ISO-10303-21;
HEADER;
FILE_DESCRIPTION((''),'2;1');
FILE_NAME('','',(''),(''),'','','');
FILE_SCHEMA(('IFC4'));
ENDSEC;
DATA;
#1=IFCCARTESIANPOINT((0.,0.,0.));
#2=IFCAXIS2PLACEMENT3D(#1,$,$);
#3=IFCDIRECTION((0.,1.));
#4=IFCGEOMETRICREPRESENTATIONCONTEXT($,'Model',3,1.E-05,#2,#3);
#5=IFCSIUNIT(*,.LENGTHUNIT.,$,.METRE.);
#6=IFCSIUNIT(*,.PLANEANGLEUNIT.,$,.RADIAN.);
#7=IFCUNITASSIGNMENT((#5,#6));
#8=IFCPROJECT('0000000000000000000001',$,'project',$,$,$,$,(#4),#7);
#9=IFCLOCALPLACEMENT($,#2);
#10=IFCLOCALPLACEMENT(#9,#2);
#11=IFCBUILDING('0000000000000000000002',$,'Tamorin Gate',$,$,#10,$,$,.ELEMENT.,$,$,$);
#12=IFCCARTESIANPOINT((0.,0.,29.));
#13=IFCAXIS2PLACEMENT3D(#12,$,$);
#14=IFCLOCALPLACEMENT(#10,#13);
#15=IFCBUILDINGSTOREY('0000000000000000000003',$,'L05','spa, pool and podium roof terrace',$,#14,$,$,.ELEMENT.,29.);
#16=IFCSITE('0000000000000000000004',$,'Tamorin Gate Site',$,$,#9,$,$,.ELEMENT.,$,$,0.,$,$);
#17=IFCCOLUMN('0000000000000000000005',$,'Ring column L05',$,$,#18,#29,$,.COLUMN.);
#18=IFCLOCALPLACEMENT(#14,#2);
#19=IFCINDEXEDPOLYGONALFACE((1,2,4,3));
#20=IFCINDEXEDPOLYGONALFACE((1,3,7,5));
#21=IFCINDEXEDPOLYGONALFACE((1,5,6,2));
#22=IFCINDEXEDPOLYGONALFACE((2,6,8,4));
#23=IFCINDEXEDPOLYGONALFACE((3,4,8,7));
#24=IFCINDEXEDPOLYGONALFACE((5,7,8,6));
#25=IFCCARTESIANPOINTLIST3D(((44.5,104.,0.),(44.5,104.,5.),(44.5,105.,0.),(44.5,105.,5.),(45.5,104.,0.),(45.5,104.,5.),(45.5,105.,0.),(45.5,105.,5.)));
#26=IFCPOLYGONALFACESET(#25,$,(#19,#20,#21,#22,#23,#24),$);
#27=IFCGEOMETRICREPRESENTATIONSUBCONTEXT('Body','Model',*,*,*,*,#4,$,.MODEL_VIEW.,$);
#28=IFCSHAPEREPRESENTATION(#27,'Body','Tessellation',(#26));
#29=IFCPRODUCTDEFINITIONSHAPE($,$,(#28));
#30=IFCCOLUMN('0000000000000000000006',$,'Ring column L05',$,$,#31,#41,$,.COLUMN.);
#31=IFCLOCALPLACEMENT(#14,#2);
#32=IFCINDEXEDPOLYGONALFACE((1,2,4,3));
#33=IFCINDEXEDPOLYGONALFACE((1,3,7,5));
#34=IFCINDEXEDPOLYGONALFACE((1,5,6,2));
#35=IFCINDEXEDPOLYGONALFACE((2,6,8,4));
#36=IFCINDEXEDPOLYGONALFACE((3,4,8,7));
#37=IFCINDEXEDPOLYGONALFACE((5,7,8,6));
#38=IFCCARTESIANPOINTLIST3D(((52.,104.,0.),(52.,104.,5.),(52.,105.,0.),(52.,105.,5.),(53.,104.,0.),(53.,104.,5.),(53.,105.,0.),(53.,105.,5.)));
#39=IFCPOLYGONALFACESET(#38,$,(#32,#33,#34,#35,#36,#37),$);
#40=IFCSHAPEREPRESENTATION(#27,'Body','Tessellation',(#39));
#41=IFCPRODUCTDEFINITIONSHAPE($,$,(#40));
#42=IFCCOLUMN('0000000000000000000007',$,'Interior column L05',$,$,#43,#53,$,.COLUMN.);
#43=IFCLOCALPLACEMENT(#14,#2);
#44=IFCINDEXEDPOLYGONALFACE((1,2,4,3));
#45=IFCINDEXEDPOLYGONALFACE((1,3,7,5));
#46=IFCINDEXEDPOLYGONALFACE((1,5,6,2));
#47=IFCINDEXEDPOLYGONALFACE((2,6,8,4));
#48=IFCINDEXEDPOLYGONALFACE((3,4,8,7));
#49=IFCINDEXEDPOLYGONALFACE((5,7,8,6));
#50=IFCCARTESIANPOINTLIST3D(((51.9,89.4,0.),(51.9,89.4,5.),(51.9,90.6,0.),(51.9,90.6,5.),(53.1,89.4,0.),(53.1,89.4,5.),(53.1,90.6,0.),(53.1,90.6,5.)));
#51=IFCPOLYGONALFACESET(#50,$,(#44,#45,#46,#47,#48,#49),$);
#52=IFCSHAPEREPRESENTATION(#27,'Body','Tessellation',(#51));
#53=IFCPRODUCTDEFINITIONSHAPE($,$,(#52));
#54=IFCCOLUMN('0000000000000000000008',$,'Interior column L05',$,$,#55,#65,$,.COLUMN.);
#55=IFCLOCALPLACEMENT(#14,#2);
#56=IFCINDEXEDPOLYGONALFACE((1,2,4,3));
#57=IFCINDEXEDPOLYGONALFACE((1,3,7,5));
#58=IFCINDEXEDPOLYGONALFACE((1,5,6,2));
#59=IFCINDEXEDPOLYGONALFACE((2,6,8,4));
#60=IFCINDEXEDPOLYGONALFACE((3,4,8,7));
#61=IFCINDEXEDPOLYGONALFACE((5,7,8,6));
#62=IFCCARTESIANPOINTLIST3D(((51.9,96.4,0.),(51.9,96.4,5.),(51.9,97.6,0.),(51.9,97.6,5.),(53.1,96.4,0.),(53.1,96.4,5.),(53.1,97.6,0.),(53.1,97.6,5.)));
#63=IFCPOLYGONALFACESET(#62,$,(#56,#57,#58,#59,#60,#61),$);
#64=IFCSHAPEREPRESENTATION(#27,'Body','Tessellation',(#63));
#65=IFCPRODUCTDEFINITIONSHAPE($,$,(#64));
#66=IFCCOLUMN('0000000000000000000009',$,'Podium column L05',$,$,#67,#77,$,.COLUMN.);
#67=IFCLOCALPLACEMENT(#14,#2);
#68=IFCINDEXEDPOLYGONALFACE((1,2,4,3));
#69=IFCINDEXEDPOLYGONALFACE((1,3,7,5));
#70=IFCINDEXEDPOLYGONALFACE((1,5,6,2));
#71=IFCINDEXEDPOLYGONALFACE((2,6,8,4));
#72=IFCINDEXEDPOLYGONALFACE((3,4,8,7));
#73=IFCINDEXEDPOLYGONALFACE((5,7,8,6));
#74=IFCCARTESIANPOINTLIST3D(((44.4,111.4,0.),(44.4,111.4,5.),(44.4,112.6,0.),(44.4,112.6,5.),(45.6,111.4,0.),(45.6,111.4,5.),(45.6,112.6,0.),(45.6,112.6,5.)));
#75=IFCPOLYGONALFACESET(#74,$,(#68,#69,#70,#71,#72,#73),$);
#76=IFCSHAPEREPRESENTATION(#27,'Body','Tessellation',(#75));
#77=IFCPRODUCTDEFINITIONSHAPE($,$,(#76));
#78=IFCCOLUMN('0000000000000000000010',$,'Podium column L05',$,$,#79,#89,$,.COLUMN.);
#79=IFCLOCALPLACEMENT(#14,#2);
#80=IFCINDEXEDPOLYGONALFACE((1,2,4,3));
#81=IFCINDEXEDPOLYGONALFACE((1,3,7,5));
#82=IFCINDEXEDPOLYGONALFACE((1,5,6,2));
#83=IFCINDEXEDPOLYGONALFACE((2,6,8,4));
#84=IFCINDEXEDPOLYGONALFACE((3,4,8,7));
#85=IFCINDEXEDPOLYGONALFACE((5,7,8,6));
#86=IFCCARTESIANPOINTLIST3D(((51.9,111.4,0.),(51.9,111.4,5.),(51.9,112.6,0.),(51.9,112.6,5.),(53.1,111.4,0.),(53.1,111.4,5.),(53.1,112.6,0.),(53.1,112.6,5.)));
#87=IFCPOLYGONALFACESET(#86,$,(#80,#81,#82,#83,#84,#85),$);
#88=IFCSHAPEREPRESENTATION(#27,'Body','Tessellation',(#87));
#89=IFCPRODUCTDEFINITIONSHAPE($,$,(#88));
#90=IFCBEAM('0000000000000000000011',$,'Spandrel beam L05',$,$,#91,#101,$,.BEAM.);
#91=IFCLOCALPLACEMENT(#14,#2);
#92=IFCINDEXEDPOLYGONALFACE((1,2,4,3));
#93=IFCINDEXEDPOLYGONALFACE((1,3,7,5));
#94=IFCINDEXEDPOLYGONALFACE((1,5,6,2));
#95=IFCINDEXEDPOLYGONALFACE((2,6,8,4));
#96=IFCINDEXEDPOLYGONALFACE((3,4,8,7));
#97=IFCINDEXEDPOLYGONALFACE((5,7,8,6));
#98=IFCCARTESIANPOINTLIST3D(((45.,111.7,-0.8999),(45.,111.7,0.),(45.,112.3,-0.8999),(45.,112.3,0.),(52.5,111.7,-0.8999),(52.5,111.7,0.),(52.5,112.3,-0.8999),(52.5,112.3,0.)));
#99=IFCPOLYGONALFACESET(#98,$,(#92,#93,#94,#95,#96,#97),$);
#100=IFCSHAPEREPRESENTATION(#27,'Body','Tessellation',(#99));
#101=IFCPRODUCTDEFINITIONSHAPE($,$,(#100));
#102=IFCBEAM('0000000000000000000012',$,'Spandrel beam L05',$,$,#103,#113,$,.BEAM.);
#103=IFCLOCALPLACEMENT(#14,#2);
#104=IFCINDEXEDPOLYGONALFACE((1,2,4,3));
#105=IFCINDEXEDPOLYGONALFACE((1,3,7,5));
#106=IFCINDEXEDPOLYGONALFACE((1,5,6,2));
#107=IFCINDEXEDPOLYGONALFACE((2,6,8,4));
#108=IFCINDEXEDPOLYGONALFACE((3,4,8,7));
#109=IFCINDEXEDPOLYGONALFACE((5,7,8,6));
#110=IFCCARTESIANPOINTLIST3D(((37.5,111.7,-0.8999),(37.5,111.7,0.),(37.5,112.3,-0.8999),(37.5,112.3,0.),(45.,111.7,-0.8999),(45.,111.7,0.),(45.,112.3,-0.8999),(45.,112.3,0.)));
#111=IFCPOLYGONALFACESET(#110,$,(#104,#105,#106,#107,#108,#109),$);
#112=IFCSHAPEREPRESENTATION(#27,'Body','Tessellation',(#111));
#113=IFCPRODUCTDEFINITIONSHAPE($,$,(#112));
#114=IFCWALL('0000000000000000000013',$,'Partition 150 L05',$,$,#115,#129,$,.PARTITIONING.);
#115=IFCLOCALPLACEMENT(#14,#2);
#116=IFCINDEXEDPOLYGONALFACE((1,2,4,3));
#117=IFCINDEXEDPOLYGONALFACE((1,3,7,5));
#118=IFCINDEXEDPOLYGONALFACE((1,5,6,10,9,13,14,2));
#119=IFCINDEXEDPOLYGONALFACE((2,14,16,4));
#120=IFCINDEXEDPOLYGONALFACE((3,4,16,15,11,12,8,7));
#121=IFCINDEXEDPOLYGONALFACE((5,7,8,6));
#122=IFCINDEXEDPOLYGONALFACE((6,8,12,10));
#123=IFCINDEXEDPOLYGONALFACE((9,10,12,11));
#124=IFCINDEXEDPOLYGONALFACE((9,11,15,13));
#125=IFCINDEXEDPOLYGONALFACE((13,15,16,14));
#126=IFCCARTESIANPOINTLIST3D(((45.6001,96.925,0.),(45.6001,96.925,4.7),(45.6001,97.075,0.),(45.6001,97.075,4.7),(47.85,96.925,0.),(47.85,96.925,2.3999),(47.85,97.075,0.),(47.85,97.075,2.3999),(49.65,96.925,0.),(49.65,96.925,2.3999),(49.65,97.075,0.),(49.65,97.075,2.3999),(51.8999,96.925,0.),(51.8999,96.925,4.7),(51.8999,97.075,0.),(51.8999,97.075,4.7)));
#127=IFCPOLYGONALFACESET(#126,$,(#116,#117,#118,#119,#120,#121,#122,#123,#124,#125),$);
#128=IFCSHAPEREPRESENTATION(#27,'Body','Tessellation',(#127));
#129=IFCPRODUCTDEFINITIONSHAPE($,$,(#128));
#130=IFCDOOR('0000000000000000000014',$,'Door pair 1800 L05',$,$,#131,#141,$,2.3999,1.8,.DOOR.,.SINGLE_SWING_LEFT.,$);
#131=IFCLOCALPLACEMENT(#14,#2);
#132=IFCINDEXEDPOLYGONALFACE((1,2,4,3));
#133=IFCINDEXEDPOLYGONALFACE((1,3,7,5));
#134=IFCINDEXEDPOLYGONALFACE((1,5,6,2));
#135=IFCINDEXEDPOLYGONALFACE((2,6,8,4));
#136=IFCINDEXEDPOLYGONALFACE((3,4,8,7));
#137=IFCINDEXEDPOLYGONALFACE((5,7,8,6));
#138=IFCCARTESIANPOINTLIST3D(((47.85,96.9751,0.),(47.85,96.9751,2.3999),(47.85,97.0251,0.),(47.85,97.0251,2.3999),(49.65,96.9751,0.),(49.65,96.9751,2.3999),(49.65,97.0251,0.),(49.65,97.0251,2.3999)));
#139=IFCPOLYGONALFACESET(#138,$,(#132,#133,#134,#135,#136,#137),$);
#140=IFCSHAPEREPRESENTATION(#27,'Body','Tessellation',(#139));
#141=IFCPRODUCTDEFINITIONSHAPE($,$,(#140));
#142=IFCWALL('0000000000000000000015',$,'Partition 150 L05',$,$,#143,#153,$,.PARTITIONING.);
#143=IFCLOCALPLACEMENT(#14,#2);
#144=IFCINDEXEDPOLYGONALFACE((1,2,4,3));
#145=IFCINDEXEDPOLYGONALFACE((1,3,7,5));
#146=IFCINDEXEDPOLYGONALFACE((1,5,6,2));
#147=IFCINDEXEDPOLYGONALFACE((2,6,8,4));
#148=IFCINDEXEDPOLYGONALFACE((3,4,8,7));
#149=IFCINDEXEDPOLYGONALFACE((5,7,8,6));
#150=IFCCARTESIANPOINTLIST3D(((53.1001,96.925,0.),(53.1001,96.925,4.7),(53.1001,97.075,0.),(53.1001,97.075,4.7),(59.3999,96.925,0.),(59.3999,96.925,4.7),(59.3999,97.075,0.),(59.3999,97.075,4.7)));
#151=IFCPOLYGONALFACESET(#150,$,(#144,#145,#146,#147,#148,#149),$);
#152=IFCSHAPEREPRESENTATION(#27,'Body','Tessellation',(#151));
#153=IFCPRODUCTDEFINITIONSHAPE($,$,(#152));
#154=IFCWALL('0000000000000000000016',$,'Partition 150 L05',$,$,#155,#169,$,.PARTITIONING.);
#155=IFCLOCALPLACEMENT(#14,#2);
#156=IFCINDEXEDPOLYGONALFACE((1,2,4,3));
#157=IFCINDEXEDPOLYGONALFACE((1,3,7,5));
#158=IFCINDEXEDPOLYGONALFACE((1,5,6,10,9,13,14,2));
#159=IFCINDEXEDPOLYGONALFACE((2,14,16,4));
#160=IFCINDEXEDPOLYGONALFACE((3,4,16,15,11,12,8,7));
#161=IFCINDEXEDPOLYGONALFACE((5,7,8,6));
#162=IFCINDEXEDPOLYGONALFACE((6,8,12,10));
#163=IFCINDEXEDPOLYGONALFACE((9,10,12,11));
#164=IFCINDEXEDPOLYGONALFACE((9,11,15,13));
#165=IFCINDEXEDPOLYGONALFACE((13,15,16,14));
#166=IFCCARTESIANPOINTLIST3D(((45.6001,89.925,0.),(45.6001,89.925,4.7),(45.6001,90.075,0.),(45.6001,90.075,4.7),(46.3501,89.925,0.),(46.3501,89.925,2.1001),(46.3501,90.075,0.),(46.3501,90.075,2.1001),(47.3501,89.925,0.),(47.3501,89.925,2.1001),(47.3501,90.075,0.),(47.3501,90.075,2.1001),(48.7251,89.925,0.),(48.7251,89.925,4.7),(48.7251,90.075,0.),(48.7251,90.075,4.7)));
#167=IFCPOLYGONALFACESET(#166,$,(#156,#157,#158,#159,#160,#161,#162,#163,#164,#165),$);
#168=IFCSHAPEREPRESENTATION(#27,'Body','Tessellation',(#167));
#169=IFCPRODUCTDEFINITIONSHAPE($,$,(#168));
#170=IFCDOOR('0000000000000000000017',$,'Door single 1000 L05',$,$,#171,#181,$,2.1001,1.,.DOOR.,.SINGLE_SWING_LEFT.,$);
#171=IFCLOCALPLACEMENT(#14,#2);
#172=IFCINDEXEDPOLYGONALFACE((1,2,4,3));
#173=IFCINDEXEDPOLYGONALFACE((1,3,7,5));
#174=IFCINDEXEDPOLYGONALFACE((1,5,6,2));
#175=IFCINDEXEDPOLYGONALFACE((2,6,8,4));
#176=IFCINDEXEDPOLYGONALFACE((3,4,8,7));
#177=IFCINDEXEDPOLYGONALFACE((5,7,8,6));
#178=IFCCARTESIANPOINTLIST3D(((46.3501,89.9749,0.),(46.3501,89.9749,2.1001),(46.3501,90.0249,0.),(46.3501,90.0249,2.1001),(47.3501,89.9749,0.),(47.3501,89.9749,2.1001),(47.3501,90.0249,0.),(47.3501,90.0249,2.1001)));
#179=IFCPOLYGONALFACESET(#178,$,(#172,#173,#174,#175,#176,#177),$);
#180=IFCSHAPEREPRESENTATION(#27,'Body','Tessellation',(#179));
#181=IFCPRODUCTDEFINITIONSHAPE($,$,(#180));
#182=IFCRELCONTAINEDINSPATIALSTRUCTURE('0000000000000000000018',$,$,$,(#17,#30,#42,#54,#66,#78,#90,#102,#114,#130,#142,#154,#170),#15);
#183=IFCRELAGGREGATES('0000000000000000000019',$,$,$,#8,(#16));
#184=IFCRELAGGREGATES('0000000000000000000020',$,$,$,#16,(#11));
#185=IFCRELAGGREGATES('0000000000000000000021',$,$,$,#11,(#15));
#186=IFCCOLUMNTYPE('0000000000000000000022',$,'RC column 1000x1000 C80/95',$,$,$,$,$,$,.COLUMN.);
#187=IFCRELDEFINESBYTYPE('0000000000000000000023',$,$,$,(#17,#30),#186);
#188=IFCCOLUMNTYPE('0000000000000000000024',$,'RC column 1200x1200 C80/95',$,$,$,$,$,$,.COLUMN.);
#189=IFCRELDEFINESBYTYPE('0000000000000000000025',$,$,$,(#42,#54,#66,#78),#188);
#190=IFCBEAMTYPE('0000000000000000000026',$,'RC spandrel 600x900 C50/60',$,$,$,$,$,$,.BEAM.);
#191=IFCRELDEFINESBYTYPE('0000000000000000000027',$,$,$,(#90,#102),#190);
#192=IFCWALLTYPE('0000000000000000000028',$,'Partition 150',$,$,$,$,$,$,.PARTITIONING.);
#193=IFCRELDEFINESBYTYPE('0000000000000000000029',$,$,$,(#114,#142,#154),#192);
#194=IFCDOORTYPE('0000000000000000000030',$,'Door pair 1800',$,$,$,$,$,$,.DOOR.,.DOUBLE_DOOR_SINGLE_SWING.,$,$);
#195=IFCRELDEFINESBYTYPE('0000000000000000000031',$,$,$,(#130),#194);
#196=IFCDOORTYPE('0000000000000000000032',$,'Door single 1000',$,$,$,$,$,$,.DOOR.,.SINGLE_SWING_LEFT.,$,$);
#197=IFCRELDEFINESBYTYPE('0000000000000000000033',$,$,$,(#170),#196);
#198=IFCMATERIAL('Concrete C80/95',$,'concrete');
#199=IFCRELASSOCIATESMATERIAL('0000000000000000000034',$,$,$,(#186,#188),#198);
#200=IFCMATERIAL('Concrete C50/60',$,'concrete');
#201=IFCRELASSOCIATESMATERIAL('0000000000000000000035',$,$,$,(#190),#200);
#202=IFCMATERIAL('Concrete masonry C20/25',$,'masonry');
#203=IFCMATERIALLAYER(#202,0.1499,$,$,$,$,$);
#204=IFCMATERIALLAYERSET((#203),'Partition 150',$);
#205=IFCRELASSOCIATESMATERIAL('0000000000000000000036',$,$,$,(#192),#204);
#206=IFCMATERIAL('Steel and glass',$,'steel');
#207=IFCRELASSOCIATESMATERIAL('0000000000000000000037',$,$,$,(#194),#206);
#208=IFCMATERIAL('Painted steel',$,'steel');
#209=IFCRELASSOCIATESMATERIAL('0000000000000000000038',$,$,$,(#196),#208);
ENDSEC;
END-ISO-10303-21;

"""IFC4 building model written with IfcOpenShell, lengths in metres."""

from ifc_helpers import new_model, si_unit, direction, frame, frame_2d, origin, origin_2d, place, context, subcontext, project, spatial, rectangle, extrude, material, layer, layer_set, material_profile, profile_set, type_object, element, fill, save


model = new_model("IFC4")

# Units and contexts
model_context = context("Model", 3, precision=1e-05, world=origin(), true_north=direction((0.0, 1.0)))
body_context = subcontext(model_context, "Body", "Model", "MODEL_VIEW")
ifc_project = project(units=[si_unit("LENGTHUNIT", "METRE"), si_unit("PLANEANGLEUNIT", "RADIAN")], contexts=[model_context])

# Site, building, storey
site_placement = place(None, origin())
site = spatial("IfcSite", under=ifc_project, at=site_placement, Name="Tamorin Gate Site", CompositionType="ELEMENT", RefElevation=0.0)
building_placement = place(site_placement, origin())
building = spatial("IfcBuilding", under=site, at=building_placement, Name="Tamorin Gate", CompositionType="ELEMENT")
storey_placement = place(building_placement, frame((0.0, 0.0, 29.0)))
storey = spatial("IfcBuildingStorey", under=building, at=storey_placement, Name="L05", Description="spa, pool and podium roof terrace", CompositionType="ELEMENT", Elevation=29.0)

# Columns
ifc_material_1 = material(Name="Concrete C80/95", Category="concrete")
ifc_material_profile_1 = material_profile(ifc_material_1, rectangle(XDim=1.0, YDim=1.0, at=origin_2d()), Name="RC 1000x1000")
ifc_profile_set_1 = profile_set([ifc_material_profile_1], Name="Concrete C80/95")
column_type_1 = type_object("IfcColumnType", Name="RC column 1000x1000 C80/95", PredefinedType="COLUMN", material=ifc_profile_set_1)
for number, where, z_axis, x_axis, name in (
    (1, (45.0, 104.5, 0.0), (0.0, 0.0, 1.0), (1.0, 0.0, 0.0), "Ring column L05"),
    (2, (52.5, 104.5, 0.0), (0.0, 0.0, 1.0), (1.0, 0.0, 0.0), "Ring column L05"),
):
    element("IfcColumn", number, at=place(storey_placement, frame(where, z_axis=z_axis, x_axis=x_axis)), inside=storey, type_object=column_type_1, Name=name, PredefinedType="COLUMN", context=body_context, shape_type="SweptSolid", body=[
        extrude(rectangle(XDim=1.0, YDim=1.0, at=origin_2d()), origin(), (0.0, 0.0, 1.0), 5.0),
    ])
ifc_material_profile_2 = material_profile(ifc_material_1, rectangle(XDim=1.2, YDim=1.2, at=origin_2d()), Name="RC 1200x1200")
ifc_profile_set_2 = profile_set([ifc_material_profile_2], Name="Concrete C80/95")
column_type_2 = type_object("IfcColumnType", Name="RC column 1200x1200 C80/95", PredefinedType="COLUMN", material=ifc_profile_set_2)
for number, where, z_axis, x_axis, name in (
    (3, (52.5, 90.0, 0.0), (0.0, 0.0, 1.0), (1.0, 0.0, 0.0), "Interior column L05"),
    (4, (52.5, 97.0, 0.0), (0.0, 0.0, 1.0), (1.0, 0.0, 0.0), "Interior column L05"),
    (5, (45.0, 112.0, 0.0), (0.0, 0.0, 1.0), (1.0, 0.0, 0.0), "Podium column L05"),
    (6, (52.5, 112.0, 0.0), (0.0, 0.0, 1.0), (1.0, 0.0, 0.0), "Podium column L05"),
):
    element("IfcColumn", number, at=place(storey_placement, frame(where, z_axis=z_axis, x_axis=x_axis)), inside=storey, type_object=column_type_2, Name=name, PredefinedType="COLUMN", context=body_context, shape_type="SweptSolid", body=[
        extrude(rectangle(XDim=1.2, YDim=1.2, at=origin_2d()), origin(), (0.0, 0.0, 1.0), 5.0),
    ])

# Beams
ifc_material_2 = material(Name="Concrete C50/60", Category="concrete")
ifc_material_profile_3 = material_profile(ifc_material_2, rectangle(XDim=0.6001, YDim=0.8999, at=origin_2d()), Name="RC 600x900")
ifc_profile_set_3 = profile_set([ifc_material_profile_3], Name="Concrete C50/60")
beam_type = type_object("IfcBeamType", Name="RC spandrel 600x900 C50/60", PredefinedType="BEAM", material=ifc_profile_set_3)
for number, where, z_axis, x_axis, name in (
    (7, (52.5, 112.0, -0.45), (-1.0, 0.0, 0.0), (0.0, -1.0, 0.0), "Spandrel beam L05"),
    (8, (45.0, 112.0, -0.45), (-1.0, 0.0, 0.0), (0.0, -1.0, 0.0), "Spandrel beam L05"),
):
    element("IfcBeam", number, at=place(storey_placement, frame(where, z_axis=z_axis, x_axis=x_axis)), inside=storey, type_object=beam_type, Name=name, PredefinedType="BEAM", context=body_context, shape_type="SweptSolid", body=[
        extrude(rectangle(XDim=0.6001, YDim=0.8999, at=origin_2d()), origin(), (0.0, 0.0, 1.0), 7.5),
    ])

# Wall, opening, door
ifc_material_3 = material(Name="Concrete masonry C20/25", Category="masonry")
ifc_layer_1 = layer(ifc_material_3, 0.1499)
ifc_layer_set_1 = layer_set([ifc_layer_1], Name="Partition 150")
wall_type_1 = type_object("IfcWallType", Name="Partition 150", PredefinedType="PARTITIONING", material=ifc_layer_set_1)
wall_1_placement = place(storey_placement, frame((51.8999, 97.0, 0.0), z_axis=(0.0, 0.0, 1.0), x_axis=(-1.0, 0.0, 0.0)))
wall_1 = element("IfcWall", 9, at=wall_1_placement, inside=storey, type_object=wall_type_1, Name="Partition 150 L05", PredefinedType="PARTITIONING", context=body_context, shape_type="SweptSolid", body=[
    extrude(rectangle(XDim=6.2998, YDim=0.1499, at=frame_2d((3.1499, 0.0))), origin(), (0.0, 0.0, 1.0), 4.7),
])
opening_1_placement = place(wall_1_placement, frame((2.25, 0.0, 0.0)))
opening_1 = element("IfcOpeningElement", 10, at=opening_1_placement, cuts=wall_1, PredefinedType="OPENING", context=body_context, shape_type="SweptSolid", body=[
    extrude(rectangle(XDim=1.8, YDim=2.3999, at=frame_2d((0.8999, 1.2))), frame((0.0, 0.085, 0.0), z_axis=(0.0, -1.0, 0.0), x_axis=(1.0, 0.0, 0.0)), (0.0, 0.0, 1.0), 0.1699),
])
ifc_material_4 = material(Name="Steel and glass", Category="steel")
door_type_1 = type_object("IfcDoorType", Name="Door pair 1800", OperationType="DOUBLE_DOOR_SINGLE_SWING", PredefinedType="DOOR", material=ifc_material_4)
door_1_placement = place(opening_1_placement, origin())
door_1 = element("IfcDoor", 11, at=door_1_placement, inside=storey, type_object=door_type_1, Name="Door pair 1800 L05", OperationType="SINGLE_SWING_LEFT", OverallHeight=2.3999, OverallWidth=1.8, PredefinedType="DOOR", context=body_context, shape_type="SweptSolid", body=[
    extrude(rectangle(XDim=1.8, YDim=2.3999, at=frame_2d((0.8999, 1.2))), frame((0.0, 0.0249, 0.0), z_axis=(0.0, -1.0, 0.0), x_axis=(1.0, 0.0, 0.0)), (0.0, 0.0, 1.0), 0.05),
])
fill(opening_1, door_1)

# Wall
wall_2_placement = place(storey_placement, frame((53.1001, 97.0, 0.0), z_axis=(0.0, 0.0, 1.0), x_axis=(1.0, 0.0, 0.0)))
element("IfcWall", 12, at=wall_2_placement, inside=storey, type_object=wall_type_1, Name="Partition 150 L05", PredefinedType="PARTITIONING", context=body_context, shape_type="SweptSolid", body=[
    extrude(rectangle(XDim=6.2998, YDim=0.1499, at=frame_2d((3.1499, 0.0))), origin(), (0.0, 0.0, 1.0), 4.7),
])

# Wall, opening, door
wall_3_placement = place(storey_placement, frame((45.6001, 90.0, 0.0), z_axis=(0.0, 0.0, 1.0), x_axis=(1.0, 0.0, 0.0)))
wall_3 = element("IfcWall", 13, at=wall_3_placement, inside=storey, type_object=wall_type_1, Name="Partition 150 L05", PredefinedType="PARTITIONING", context=body_context, shape_type="SweptSolid", body=[
    extrude(rectangle(XDim=3.125, YDim=0.1499, at=frame_2d((1.5625, 0.0))), origin(), (0.0, 0.0, 1.0), 4.7),
])
opening_2_placement = place(wall_3_placement, frame((0.75, 0.0, 0.0)))
opening_2 = element("IfcOpeningElement", 14, at=opening_2_placement, cuts=wall_3, PredefinedType="OPENING", context=body_context, shape_type="SweptSolid", body=[
    extrude(rectangle(XDim=1.0, YDim=2.1001, at=frame_2d((0.5, 1.05))), frame((0.0, 0.085, 0.0), z_axis=(0.0, -1.0, 0.0), x_axis=(1.0, 0.0, 0.0)), (0.0, 0.0, 1.0), 0.1699),
])
ifc_material_5 = material(Name="Painted steel", Category="steel")
door_type_2 = type_object("IfcDoorType", Name="Door single 1000", OperationType="SINGLE_SWING_LEFT", PredefinedType="DOOR", material=ifc_material_5)
door_2_placement = place(opening_2_placement, origin())
door_2 = element("IfcDoor", 15, at=door_2_placement, inside=storey, type_object=door_type_2, Name="Door single 1000 L05", OperationType="SINGLE_SWING_LEFT", OverallHeight=2.1001, OverallWidth=1.0, PredefinedType="DOOR", context=body_context, shape_type="SweptSolid", body=[
    extrude(rectangle(XDim=1.0, YDim=2.1001, at=frame_2d((0.5, 1.05))), frame((0.0, 0.0249, 0.0), z_axis=(0.0, -1.0, 0.0), x_axis=(1.0, 0.0, 0.0)), (0.0, 0.0, 1.0), 0.05),
])
fill(opening_2, door_2)

save(model, "model.ifc")
